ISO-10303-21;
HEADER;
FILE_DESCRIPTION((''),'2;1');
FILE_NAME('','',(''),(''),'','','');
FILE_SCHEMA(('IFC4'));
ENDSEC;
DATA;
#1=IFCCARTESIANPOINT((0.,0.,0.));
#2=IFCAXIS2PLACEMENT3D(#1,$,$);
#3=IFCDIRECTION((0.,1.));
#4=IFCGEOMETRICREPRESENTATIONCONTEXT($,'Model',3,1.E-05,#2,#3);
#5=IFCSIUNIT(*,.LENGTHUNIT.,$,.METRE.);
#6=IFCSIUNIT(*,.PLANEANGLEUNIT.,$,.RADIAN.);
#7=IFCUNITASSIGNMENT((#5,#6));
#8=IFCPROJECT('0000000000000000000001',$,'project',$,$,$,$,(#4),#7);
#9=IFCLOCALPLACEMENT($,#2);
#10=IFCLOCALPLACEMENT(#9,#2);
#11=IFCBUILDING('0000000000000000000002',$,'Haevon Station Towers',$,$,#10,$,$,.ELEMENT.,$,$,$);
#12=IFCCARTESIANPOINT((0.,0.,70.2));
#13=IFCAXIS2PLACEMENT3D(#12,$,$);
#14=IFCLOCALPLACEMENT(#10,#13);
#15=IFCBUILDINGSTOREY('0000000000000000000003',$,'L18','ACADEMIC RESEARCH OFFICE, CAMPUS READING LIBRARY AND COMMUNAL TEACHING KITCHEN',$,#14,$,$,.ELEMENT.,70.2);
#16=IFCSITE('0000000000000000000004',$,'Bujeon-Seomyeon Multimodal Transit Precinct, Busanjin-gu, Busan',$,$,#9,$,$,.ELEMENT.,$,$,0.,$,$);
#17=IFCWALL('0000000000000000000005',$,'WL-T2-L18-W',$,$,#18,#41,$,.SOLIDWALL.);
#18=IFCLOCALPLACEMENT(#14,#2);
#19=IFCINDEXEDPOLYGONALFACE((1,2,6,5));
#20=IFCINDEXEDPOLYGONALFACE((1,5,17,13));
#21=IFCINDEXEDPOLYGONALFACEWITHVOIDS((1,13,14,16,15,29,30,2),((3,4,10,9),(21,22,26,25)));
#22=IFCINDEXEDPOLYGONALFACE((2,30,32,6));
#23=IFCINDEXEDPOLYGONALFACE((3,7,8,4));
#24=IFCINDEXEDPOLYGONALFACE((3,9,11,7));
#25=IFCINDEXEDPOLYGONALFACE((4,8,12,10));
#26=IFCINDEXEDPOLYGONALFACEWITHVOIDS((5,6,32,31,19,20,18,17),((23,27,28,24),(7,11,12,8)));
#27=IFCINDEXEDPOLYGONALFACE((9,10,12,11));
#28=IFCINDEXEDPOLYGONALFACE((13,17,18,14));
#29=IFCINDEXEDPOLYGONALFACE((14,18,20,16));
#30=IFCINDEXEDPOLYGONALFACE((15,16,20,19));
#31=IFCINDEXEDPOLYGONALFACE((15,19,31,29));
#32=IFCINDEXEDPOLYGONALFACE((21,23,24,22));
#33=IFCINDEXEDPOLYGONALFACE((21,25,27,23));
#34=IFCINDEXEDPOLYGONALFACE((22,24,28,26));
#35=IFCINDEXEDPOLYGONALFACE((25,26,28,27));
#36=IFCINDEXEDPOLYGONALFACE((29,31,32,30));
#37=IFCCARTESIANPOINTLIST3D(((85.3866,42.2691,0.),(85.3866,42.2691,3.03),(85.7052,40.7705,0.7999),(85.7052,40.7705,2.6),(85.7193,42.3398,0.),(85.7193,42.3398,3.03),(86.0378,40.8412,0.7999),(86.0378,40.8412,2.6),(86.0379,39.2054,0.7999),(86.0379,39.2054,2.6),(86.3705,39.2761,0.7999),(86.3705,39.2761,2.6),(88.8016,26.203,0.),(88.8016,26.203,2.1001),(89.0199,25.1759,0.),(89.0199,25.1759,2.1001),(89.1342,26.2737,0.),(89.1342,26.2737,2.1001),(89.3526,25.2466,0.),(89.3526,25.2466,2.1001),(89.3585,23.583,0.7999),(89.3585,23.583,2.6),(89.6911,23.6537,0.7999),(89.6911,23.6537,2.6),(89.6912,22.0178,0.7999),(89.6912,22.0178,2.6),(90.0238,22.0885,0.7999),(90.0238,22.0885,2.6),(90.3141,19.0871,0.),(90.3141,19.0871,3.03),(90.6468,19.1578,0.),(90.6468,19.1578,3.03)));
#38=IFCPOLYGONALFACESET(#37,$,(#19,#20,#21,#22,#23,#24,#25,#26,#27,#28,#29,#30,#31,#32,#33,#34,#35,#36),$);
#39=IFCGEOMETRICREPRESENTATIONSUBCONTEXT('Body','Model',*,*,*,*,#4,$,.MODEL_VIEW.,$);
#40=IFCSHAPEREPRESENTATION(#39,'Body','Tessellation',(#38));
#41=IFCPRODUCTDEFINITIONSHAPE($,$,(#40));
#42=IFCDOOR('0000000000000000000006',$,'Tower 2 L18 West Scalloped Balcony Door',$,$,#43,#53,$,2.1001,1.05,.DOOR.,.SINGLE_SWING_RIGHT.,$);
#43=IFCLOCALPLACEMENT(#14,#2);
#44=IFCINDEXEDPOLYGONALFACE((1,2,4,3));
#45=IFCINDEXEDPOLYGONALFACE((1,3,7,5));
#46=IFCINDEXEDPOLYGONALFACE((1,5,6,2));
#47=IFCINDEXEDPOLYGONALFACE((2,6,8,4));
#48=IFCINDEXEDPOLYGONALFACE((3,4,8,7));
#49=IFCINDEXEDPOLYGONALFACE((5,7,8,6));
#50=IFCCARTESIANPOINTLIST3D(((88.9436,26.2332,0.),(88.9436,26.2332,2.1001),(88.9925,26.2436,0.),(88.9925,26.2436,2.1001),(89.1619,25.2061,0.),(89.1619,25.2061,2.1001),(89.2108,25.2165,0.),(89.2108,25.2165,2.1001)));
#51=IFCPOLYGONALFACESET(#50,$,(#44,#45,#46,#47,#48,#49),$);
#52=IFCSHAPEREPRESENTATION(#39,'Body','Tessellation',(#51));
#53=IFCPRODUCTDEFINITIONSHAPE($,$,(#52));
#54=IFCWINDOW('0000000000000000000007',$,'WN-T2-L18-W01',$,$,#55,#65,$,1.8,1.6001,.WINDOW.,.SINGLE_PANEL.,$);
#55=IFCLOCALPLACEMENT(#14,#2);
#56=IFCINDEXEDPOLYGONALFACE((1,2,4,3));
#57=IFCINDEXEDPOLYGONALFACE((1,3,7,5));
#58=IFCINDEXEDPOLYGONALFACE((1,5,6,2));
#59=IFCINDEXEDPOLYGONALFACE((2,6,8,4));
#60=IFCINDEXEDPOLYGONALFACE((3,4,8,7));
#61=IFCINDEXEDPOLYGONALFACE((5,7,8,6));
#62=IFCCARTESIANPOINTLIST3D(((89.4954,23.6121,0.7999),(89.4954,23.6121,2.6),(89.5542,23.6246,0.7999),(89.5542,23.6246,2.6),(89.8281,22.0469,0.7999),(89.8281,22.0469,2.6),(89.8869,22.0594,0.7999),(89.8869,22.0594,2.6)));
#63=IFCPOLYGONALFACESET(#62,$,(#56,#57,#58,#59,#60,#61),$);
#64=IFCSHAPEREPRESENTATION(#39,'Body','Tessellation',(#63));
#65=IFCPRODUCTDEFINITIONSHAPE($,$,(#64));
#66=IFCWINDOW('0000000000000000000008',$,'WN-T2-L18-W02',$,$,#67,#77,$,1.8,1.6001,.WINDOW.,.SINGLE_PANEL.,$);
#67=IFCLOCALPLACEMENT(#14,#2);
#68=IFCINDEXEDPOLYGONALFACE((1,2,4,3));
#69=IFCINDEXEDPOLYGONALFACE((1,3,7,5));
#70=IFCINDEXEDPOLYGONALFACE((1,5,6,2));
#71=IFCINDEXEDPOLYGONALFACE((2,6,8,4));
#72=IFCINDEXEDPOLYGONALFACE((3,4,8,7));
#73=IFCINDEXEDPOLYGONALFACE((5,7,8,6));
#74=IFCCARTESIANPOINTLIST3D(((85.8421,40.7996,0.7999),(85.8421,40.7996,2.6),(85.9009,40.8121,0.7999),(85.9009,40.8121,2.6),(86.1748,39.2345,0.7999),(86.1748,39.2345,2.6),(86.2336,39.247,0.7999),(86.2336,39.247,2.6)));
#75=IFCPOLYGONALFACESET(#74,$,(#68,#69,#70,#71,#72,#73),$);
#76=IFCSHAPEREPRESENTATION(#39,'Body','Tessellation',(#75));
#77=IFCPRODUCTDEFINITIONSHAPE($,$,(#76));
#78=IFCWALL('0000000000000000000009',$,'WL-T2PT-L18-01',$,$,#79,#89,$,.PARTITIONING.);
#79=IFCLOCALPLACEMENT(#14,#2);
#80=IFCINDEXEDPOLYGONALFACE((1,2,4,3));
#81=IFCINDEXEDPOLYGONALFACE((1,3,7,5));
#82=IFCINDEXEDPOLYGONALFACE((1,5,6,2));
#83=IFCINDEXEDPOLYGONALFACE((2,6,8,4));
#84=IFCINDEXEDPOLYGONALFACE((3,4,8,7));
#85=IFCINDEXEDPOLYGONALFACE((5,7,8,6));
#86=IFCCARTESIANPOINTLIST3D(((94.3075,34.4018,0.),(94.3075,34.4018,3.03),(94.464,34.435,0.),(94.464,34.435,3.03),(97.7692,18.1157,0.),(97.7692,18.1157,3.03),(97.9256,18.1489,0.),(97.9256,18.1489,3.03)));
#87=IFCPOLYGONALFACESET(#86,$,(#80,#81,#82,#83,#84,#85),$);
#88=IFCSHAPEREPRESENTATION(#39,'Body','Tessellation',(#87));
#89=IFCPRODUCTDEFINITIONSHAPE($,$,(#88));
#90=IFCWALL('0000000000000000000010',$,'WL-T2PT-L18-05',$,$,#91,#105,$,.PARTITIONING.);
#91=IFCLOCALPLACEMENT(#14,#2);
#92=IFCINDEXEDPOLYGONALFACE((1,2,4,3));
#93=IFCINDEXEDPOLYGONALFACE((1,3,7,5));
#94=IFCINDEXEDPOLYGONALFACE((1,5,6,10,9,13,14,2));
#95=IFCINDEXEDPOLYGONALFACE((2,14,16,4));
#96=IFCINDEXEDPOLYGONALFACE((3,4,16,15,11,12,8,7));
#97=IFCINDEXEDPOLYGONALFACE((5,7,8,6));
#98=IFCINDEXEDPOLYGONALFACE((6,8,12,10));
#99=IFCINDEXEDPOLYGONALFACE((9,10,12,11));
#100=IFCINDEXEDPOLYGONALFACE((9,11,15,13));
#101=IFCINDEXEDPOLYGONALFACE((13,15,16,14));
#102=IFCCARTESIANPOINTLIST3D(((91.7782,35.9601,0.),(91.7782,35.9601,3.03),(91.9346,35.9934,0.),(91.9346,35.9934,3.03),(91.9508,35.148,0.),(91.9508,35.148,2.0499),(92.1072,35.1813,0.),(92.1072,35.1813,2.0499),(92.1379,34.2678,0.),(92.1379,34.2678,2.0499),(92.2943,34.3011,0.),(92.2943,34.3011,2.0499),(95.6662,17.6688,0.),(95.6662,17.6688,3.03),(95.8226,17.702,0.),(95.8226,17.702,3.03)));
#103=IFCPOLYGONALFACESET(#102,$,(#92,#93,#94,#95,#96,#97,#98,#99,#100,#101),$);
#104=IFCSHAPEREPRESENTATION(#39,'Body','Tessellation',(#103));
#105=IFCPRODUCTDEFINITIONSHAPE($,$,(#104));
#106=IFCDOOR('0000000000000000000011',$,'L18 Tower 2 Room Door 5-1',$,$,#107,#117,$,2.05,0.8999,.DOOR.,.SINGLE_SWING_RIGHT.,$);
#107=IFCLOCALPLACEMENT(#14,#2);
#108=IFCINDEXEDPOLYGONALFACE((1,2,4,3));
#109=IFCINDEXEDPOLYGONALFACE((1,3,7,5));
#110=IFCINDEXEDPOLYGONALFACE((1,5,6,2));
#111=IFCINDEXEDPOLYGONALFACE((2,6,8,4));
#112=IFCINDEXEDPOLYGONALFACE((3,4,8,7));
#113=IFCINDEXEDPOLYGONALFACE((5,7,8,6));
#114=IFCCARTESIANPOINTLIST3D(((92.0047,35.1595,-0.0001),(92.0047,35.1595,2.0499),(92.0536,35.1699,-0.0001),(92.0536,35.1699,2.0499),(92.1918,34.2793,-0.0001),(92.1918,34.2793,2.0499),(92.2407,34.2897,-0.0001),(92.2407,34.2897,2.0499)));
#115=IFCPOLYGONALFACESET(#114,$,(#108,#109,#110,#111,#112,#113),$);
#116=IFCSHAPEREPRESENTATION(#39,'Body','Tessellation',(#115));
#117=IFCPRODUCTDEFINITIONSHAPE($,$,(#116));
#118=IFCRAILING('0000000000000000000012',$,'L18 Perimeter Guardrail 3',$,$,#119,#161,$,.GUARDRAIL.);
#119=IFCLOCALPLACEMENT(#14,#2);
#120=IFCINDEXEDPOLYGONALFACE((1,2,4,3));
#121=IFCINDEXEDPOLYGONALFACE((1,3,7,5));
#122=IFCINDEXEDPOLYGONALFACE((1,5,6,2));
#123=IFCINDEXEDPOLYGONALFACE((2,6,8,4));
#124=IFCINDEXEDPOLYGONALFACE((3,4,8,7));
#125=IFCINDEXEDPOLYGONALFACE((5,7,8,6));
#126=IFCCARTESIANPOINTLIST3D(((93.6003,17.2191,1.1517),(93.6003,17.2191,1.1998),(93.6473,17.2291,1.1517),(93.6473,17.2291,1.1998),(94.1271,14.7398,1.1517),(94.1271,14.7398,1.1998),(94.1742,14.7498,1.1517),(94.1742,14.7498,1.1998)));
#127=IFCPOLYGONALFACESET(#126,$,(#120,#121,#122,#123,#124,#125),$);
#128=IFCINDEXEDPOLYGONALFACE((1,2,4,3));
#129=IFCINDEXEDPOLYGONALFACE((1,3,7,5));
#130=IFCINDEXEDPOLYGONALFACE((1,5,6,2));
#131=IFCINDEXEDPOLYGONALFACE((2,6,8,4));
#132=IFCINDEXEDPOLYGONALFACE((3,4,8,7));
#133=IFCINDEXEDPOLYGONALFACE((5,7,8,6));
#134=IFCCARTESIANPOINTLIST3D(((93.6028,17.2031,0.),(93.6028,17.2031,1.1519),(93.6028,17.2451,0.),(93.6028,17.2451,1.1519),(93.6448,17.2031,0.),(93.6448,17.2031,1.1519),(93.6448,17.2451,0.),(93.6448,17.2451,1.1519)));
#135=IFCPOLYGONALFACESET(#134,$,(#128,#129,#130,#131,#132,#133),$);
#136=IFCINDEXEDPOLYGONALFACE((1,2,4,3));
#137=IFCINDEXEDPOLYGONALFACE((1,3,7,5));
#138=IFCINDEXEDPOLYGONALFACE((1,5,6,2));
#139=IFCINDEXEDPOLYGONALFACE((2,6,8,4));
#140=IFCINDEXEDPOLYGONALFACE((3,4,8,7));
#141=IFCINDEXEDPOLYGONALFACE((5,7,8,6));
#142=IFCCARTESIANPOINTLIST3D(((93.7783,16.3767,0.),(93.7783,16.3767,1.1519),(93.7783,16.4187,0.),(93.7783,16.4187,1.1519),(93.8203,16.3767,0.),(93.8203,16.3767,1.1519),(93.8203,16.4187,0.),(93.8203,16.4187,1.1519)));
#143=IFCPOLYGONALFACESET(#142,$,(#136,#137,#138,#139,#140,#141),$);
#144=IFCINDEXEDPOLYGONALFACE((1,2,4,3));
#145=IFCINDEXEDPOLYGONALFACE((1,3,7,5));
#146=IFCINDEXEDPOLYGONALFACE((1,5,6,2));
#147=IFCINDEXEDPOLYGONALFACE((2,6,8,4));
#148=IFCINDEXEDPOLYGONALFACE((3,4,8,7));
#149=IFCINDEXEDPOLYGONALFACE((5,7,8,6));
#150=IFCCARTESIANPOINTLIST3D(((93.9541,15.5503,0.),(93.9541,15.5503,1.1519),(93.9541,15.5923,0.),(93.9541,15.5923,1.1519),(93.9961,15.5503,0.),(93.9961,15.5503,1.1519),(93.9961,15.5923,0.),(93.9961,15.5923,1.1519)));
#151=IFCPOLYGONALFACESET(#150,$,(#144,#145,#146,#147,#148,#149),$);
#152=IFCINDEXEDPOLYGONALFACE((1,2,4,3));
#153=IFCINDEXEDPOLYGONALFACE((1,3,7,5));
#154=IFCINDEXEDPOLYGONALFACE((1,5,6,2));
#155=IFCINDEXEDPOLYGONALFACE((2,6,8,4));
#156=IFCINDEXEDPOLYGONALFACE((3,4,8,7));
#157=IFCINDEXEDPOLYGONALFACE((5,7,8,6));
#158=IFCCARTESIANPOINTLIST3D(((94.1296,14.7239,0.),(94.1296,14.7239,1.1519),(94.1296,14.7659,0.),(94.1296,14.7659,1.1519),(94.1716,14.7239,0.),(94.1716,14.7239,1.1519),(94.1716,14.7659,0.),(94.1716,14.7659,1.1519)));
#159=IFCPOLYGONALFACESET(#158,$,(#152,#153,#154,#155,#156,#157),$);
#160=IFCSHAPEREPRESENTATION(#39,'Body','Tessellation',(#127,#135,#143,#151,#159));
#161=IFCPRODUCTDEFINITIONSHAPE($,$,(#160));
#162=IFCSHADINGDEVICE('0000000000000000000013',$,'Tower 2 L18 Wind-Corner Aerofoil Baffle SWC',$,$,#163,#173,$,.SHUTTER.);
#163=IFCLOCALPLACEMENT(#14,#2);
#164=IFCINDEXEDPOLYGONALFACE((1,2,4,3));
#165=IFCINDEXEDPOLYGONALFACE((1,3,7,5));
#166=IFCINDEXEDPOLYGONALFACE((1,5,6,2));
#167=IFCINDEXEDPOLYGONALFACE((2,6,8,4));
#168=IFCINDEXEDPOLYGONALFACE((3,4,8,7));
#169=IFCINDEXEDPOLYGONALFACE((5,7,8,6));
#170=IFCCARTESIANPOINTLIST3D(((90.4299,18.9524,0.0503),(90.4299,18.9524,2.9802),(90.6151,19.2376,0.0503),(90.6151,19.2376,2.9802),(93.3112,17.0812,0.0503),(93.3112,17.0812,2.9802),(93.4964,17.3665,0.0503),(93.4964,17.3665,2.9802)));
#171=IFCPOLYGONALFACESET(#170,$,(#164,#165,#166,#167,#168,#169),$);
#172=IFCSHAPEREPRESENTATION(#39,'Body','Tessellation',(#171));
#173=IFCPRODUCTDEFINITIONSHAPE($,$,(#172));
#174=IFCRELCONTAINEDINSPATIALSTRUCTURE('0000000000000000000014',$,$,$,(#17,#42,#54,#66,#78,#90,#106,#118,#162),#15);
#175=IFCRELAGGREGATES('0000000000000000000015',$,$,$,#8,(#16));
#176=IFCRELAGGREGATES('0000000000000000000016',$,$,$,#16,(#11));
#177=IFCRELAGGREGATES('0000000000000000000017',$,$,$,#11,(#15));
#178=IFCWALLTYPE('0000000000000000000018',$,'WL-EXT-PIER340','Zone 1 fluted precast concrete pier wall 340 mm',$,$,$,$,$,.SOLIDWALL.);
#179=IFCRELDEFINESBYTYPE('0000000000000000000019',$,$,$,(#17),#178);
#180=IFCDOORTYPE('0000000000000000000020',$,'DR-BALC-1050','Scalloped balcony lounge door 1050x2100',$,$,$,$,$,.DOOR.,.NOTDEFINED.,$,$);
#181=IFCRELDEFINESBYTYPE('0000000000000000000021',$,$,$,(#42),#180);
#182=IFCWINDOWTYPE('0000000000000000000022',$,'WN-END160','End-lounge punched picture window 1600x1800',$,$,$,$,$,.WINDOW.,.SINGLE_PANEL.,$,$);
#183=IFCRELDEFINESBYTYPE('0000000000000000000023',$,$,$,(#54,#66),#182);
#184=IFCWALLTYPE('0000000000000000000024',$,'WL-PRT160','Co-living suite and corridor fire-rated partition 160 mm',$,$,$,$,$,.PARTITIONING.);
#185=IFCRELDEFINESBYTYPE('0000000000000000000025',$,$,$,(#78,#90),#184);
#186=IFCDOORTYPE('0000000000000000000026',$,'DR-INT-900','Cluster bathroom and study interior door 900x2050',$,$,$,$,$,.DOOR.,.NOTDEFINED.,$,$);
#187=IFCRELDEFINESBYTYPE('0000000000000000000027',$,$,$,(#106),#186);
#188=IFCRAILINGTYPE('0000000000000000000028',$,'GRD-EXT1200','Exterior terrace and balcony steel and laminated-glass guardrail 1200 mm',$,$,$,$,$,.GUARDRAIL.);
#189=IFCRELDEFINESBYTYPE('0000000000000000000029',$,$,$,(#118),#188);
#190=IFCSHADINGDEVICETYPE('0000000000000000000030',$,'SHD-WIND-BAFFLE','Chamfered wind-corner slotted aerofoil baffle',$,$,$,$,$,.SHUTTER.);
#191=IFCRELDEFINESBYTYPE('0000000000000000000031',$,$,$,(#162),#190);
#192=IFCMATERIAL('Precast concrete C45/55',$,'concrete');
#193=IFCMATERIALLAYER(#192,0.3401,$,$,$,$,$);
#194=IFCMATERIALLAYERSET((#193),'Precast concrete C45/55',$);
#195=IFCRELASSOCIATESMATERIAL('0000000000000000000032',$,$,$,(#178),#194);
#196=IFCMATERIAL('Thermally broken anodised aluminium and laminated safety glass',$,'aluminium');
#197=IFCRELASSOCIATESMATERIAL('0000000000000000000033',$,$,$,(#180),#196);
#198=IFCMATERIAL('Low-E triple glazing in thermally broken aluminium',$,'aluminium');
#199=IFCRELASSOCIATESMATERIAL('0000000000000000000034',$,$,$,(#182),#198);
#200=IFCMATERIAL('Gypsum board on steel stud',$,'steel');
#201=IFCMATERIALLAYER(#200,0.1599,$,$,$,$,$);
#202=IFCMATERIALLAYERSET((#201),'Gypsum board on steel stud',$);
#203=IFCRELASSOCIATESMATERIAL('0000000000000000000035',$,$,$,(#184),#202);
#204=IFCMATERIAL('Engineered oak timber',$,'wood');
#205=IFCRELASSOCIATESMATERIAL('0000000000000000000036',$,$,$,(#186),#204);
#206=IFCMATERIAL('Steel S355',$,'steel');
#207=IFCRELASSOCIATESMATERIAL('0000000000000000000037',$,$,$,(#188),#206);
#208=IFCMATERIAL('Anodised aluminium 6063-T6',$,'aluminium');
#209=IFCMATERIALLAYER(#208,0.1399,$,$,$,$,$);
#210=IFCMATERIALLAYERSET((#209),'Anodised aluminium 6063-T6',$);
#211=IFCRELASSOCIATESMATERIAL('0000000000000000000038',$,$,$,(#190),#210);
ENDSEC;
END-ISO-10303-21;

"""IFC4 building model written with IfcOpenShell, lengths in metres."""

from ifc_helpers import new_model, si_unit, direction, frame, frame_2d, origin, origin_2d, place, context, subcontext, project, spatial, rectangle, extrude, material, layer, layer_set, type_object, element, fill, save


model = new_model("IFC4")

# Units and contexts
model_context = context("Model", 3, precision=1e-05, world=origin(), true_north=direction((0.0, 1.0)))
body_context = subcontext(model_context, "Body", "Model", "MODEL_VIEW")
ifc_project = project(units=[si_unit("LENGTHUNIT", "METRE"), si_unit("PLANEANGLEUNIT", "RADIAN")], contexts=[model_context])

# Site, building, storey
site_placement = place(None, origin())
site = spatial("IfcSite", under=ifc_project, at=site_placement, Name="Bujeon-Seomyeon Multimodal Transit Precinct, Busanjin-gu, Busan", CompositionType="ELEMENT", RefElevation=0.0)
building_placement = place(site_placement, origin())
building = spatial("IfcBuilding", under=site, at=building_placement, Name="Haevon Station Towers", CompositionType="ELEMENT")
storey_placement = place(building_placement, frame((0.0, 0.0, 70.2)))
storey = spatial("IfcBuildingStorey", under=building, at=storey_placement, Name="L18", Description="ACADEMIC RESEARCH OFFICE, CAMPUS READING LIBRARY AND COMMUNAL TEACHING KITCHEN", CompositionType="ELEMENT", Elevation=70.2)

# Shared definitions
ifc_material_1 = material(Name="Steel S355", Category="steel")

# Shared definitions
ifc_material_2 = material(Name="Precast concrete C45/55", Category="concrete")
ifc_layer_1 = layer(ifc_material_2, 0.3401)
ifc_layer_set_1 = layer_set([ifc_layer_1], Name="Precast concrete C45/55")
wall_type_1 = type_object("IfcWallType", Name="WL-EXT-PIER340", Description="Zone 1 fluted precast concrete pier wall 340 mm", PredefinedType="SOLIDWALL", material=ifc_layer_set_1)

# Wall, openings, door, windows
wall_1_placement = place(storey_placement, frame((90.4805, 19.1223, 0.0), z_axis=(0.0, 0.0, 1.0), x_axis=(-0.207911, 0.978148, 0.0)))
wall_1 = element("IfcWall", 1, at=wall_1_placement, inside=storey, type_object=wall_type_1, Name="WL-T2-L18-W", PredefinedType="SOLIDWALL", context=body_context, shape_type="SweptSolid", body=[
    extrude(rectangle(XDim=23.7, YDim=0.3401, at=frame_2d((11.8501, 0.0))), origin(), (0.0, 0.0, 1.0), 3.03),
])
opening_1_placement = place(wall_1_placement, frame((6.2251, 0.0, 0.0)))
opening_1 = element("IfcOpeningElement", 2, at=opening_1_placement, cuts=wall_1, PredefinedType="OPENING", context=body_context, shape_type="SweptSolid", body=[
    extrude(rectangle(XDim=1.05, YDim=2.1001, at=frame_2d((0.5249, 1.05))), frame((0.0, 0.1799, 0.0), z_axis=(0.0, -1.0, 0.0), x_axis=(1.0, 0.0, 0.0)), (0.0, 0.0, 1.0), 0.3601),
])
opening_2_placement = place(wall_1_placement, frame((2.9963, 0.0, 0.8)))
opening_2 = element("IfcOpeningElement", 3, at=opening_2_placement, cuts=wall_1, PredefinedType="OPENING", context=body_context, shape_type="SweptSolid", body=[
    extrude(rectangle(XDim=1.6001, YDim=1.8, at=frame_2d((0.8, 0.8999))), frame((0.0, 0.1799, 0.0), z_axis=(0.0, -1.0, 0.0), x_axis=(1.0, 0.0, 0.0)), (0.0, 0.0, 1.0), 0.3601),
])
opening_3_placement = place(wall_1_placement, frame((20.5679, 0.0, 0.8)))
opening_3 = element("IfcOpeningElement", 4, at=opening_3_placement, cuts=wall_1, PredefinedType="OPENING", context=body_context, shape_type="SweptSolid", body=[
    extrude(rectangle(XDim=1.6001, YDim=1.8, at=frame_2d((0.8, 0.8999))), frame((0.0, 0.1799, 0.0), z_axis=(0.0, -1.0, 0.0), x_axis=(1.0, 0.0, 0.0)), (0.0, 0.0, 1.0), 0.3601),
])
ifc_material_3 = material(Name="Thermally broken anodised aluminium and laminated safety glass", Category="aluminium")
door_type_1 = type_object("IfcDoorType", Name="DR-BALC-1050", Description="Scalloped balcony lounge door 1050x2100", OperationType="NOTDEFINED", PredefinedType="DOOR", material=ifc_material_3)
door_1_placement = place(opening_1_placement, origin())
door_1 = element("IfcDoor", 5, at=door_1_placement, inside=storey, type_object=door_type_1, Name="Tower 2 L18 West Scalloped Balcony Door", OperationType="SINGLE_SWING_RIGHT", OverallHeight=2.1001, OverallWidth=1.05, PredefinedType="DOOR", context=body_context, shape_type="SweptSolid", body=[
    extrude(rectangle(XDim=1.05, YDim=2.1001, at=frame_2d((0.5249, 1.05))), frame((0.0, 0.0249, 0.0), z_axis=(0.0, -1.0, 0.0), x_axis=(1.0, 0.0, 0.0)), (0.0, 0.0, 1.0), 0.05),
])
fill(opening_1, door_1)
ifc_material_4 = material(Name="Low-E triple glazing in thermally broken aluminium", Category="aluminium")
window_type = type_object("IfcWindowType", Name="WN-END160", Description="End-lounge punched picture window 1600x1800", PartitioningType="SINGLE_PANEL", PredefinedType="WINDOW", material=ifc_material_4)
window_1_placement = place(opening_2_placement, origin())
window_1 = element("IfcWindow", 6, at=window_1_placement, inside=storey, type_object=window_type, Name="WN-T2-L18-W01", OverallHeight=1.8, OverallWidth=1.6001, PartitioningType="SINGLE_PANEL", PredefinedType="WINDOW", context=body_context, shape_type="SweptSolid", body=[
    extrude(rectangle(XDim=1.6001, YDim=1.8, at=frame_2d((0.8, 0.8999))), frame((0.0, 0.03, 0.0), z_axis=(0.0, -1.0, 0.0), x_axis=(1.0, 0.0, 0.0)), (0.0, 0.0, 1.0), 0.0601),
])
fill(opening_2, window_1)
window_2_placement = place(opening_3_placement, origin())
window_2 = element("IfcWindow", 7, at=window_2_placement, inside=storey, type_object=window_type, Name="WN-T2-L18-W02", OverallHeight=1.8, OverallWidth=1.6001, PartitioningType="SINGLE_PANEL", PredefinedType="WINDOW", context=body_context, shape_type="SweptSolid", body=[
    extrude(rectangle(XDim=1.6001, YDim=1.8, at=frame_2d((0.8, 0.8999))), frame((0.0, 0.03, 0.0), z_axis=(0.0, -1.0, 0.0), x_axis=(1.0, 0.0, 0.0)), (0.0, 0.0, 1.0), 0.0601),
])
fill(opening_3, window_2)

# Wall
ifc_material_5 = material(Name="Gypsum board on steel stud", Category="steel")
ifc_layer_2 = layer(ifc_material_5, 0.1599)
ifc_layer_set_2 = layer_set([ifc_layer_2], Name="Gypsum board on steel stud")
wall_type_2 = type_object("IfcWallType", Name="WL-PRT160", Description="Co-living suite and corridor fire-rated partition 160 mm", PredefinedType="PARTITIONING", material=ifc_layer_set_2)
wall_2_placement = place(storey_placement, frame((97.8474, 18.1323, 0.0), z_axis=(0.0, 0.0, 1.0), x_axis=(-0.207909, 0.978148, 0.0)))
element("IfcWall", 8, at=wall_2_placement, inside=storey, type_object=wall_type_2, Name="WL-T2PT-L18-01", PredefinedType="PARTITIONING", context=body_context, shape_type="SweptSolid", body=[
    extrude(rectangle(XDim=16.6499, YDim=0.1599, at=frame_2d((8.325, 0.0))), origin(), (0.0, 0.0, 1.0), 3.03),
])

# Wall, opening, door
wall_3_placement = place(storey_placement, frame((95.7444, 17.6853, 0.0), z_axis=(0.0, 0.0, 1.0), x_axis=(-0.207912, 0.978147, 0.0)))
wall_3 = element("IfcWall", 9, at=wall_3_placement, inside=storey, type_object=wall_type_2, Name="WL-T2PT-L18-05", PredefinedType="PARTITIONING", context=body_context, shape_type="SweptSolid", body=[
    extrude(rectangle(XDim=18.7, YDim=0.1599, at=frame_2d((9.3501, 0.0))), origin(), (0.0, 0.0, 1.0), 3.03),
])
opening_4_placement = place(wall_3_placement, frame((16.97, 0.0, 0.0)))
opening_4 = element("IfcOpeningElement", 10, at=opening_4_placement, cuts=wall_3, PredefinedType="OPENING", context=body_context, shape_type="SweptSolid", body=[
    extrude(rectangle(XDim=0.8999, YDim=2.05, at=frame_2d((0.45, 1.0249))), frame((0.0, 0.0898, 0.0), z_axis=(0.0, -1.0, 0.0), x_axis=(1.0, 0.0, 0.0)), (0.0, 0.0, 1.0), 0.1799),
])
ifc_material_6 = material(Name="Engineered oak timber", Category="wood")
door_type_2 = type_object("IfcDoorType", Name="DR-INT-900", Description="Cluster bathroom and study interior door 900x2050", OperationType="NOTDEFINED", PredefinedType="DOOR", material=ifc_material_6)
door_2_placement = place(opening_4_placement, origin())
door_2 = element("IfcDoor", 11, at=door_2_placement, inside=storey, type_object=door_type_2, Name="L18 Tower 2 Room Door 5-1", OperationType="SINGLE_SWING_RIGHT", OverallHeight=2.05, OverallWidth=0.8999, PredefinedType="DOOR", context=body_context, shape_type="SweptSolid", body=[
    extrude(rectangle(XDim=0.8999, YDim=2.05, at=frame_2d((0.45, 1.0249))), frame((0.0, 0.0249, 0.0), z_axis=(0.0, -1.0, 0.0), x_axis=(1.0, 0.0, 0.0)), (0.0, 0.0, 1.0), 0.05),
])
fill(opening_4, door_2)

# Railing
railing_type = type_object("IfcRailingType", Name="GRD-EXT1200", Description="Exterior terrace and balcony steel and laminated-glass guardrail 1200 mm", PredefinedType="GUARDRAIL", material=ifc_material_1)
railing_1_placement = place(storey_placement, frame((93.6238, 17.2241, 0.0)))
element("IfcRailing", 12, at=railing_1_placement, inside=storey, type_object=railing_type, Name="L18 Perimeter Guardrail 3", PredefinedType="GUARDRAIL", context=body_context, shape_type="SweptSolid", body=[
    extrude(rectangle(XDim=0.0481, YDim=0.0481, at=origin_2d()), frame((0.0, 0.0, 1.1758), z_axis=(0.207865, -0.978158, 0.0), x_axis=(0.978158, 0.207865, 0.0)), (0.0, 0.0, 1.0), 2.5347),
    extrude(rectangle(XDim=0.042, YDim=0.042, at=origin_2d()), origin(), (0.0, 0.0, 1.0), 1.1519),
    extrude(rectangle(XDim=0.042, YDim=0.042, at=origin_2d()), frame((0.1755, -0.8264, 0.0)), (0.0, 0.0, 1.0), 1.1519),
    extrude(rectangle(XDim=0.042, YDim=0.042, at=origin_2d()), frame((0.3513, -1.6528, 0.0)), (0.0, 0.0, 1.0), 1.1519),
    extrude(rectangle(XDim=0.042, YDim=0.042, at=origin_2d()), frame((0.5269, -2.4792, 0.0)), (0.0, 0.0, 1.0), 1.1519),
])

# Shading device
ifc_material_7 = material(Name="Anodised aluminium 6063-T6", Category="aluminium")
ifc_layer_3 = layer(ifc_material_7, 0.1399)
ifc_layer_set_3 = layer_set([ifc_layer_3], Name="Anodised aluminium 6063-T6")
shading_device_type = type_object("IfcShadingDeviceType", Name="SHD-WIND-BAFFLE", Description="Chamfered wind-corner slotted aerofoil baffle", PredefinedType="SHUTTER", material=ifc_layer_set_3)
shading_device_placement = place(storey_placement, frame((91.9631, 18.1594, 0.0503), z_axis=(0.0, 0.0, 1.0), x_axis=(-0.838671, 0.544639, 0.0)))
element("IfcShadingDevice", 13, at=shading_device_placement, inside=storey, type_object=shading_device_type, Name="Tower 2 L18 Wind-Corner Aerofoil Baffle SWC", PredefinedType="SHUTTER", context=body_context, shape_type="SweptSolid", body=[
    extrude(rectangle(XDim=3.4355, YDim=0.3401, at=origin_2d()), origin(), (0.0, 0.0, 1.0), 2.9299),
])

save(model, "model.ifc")
